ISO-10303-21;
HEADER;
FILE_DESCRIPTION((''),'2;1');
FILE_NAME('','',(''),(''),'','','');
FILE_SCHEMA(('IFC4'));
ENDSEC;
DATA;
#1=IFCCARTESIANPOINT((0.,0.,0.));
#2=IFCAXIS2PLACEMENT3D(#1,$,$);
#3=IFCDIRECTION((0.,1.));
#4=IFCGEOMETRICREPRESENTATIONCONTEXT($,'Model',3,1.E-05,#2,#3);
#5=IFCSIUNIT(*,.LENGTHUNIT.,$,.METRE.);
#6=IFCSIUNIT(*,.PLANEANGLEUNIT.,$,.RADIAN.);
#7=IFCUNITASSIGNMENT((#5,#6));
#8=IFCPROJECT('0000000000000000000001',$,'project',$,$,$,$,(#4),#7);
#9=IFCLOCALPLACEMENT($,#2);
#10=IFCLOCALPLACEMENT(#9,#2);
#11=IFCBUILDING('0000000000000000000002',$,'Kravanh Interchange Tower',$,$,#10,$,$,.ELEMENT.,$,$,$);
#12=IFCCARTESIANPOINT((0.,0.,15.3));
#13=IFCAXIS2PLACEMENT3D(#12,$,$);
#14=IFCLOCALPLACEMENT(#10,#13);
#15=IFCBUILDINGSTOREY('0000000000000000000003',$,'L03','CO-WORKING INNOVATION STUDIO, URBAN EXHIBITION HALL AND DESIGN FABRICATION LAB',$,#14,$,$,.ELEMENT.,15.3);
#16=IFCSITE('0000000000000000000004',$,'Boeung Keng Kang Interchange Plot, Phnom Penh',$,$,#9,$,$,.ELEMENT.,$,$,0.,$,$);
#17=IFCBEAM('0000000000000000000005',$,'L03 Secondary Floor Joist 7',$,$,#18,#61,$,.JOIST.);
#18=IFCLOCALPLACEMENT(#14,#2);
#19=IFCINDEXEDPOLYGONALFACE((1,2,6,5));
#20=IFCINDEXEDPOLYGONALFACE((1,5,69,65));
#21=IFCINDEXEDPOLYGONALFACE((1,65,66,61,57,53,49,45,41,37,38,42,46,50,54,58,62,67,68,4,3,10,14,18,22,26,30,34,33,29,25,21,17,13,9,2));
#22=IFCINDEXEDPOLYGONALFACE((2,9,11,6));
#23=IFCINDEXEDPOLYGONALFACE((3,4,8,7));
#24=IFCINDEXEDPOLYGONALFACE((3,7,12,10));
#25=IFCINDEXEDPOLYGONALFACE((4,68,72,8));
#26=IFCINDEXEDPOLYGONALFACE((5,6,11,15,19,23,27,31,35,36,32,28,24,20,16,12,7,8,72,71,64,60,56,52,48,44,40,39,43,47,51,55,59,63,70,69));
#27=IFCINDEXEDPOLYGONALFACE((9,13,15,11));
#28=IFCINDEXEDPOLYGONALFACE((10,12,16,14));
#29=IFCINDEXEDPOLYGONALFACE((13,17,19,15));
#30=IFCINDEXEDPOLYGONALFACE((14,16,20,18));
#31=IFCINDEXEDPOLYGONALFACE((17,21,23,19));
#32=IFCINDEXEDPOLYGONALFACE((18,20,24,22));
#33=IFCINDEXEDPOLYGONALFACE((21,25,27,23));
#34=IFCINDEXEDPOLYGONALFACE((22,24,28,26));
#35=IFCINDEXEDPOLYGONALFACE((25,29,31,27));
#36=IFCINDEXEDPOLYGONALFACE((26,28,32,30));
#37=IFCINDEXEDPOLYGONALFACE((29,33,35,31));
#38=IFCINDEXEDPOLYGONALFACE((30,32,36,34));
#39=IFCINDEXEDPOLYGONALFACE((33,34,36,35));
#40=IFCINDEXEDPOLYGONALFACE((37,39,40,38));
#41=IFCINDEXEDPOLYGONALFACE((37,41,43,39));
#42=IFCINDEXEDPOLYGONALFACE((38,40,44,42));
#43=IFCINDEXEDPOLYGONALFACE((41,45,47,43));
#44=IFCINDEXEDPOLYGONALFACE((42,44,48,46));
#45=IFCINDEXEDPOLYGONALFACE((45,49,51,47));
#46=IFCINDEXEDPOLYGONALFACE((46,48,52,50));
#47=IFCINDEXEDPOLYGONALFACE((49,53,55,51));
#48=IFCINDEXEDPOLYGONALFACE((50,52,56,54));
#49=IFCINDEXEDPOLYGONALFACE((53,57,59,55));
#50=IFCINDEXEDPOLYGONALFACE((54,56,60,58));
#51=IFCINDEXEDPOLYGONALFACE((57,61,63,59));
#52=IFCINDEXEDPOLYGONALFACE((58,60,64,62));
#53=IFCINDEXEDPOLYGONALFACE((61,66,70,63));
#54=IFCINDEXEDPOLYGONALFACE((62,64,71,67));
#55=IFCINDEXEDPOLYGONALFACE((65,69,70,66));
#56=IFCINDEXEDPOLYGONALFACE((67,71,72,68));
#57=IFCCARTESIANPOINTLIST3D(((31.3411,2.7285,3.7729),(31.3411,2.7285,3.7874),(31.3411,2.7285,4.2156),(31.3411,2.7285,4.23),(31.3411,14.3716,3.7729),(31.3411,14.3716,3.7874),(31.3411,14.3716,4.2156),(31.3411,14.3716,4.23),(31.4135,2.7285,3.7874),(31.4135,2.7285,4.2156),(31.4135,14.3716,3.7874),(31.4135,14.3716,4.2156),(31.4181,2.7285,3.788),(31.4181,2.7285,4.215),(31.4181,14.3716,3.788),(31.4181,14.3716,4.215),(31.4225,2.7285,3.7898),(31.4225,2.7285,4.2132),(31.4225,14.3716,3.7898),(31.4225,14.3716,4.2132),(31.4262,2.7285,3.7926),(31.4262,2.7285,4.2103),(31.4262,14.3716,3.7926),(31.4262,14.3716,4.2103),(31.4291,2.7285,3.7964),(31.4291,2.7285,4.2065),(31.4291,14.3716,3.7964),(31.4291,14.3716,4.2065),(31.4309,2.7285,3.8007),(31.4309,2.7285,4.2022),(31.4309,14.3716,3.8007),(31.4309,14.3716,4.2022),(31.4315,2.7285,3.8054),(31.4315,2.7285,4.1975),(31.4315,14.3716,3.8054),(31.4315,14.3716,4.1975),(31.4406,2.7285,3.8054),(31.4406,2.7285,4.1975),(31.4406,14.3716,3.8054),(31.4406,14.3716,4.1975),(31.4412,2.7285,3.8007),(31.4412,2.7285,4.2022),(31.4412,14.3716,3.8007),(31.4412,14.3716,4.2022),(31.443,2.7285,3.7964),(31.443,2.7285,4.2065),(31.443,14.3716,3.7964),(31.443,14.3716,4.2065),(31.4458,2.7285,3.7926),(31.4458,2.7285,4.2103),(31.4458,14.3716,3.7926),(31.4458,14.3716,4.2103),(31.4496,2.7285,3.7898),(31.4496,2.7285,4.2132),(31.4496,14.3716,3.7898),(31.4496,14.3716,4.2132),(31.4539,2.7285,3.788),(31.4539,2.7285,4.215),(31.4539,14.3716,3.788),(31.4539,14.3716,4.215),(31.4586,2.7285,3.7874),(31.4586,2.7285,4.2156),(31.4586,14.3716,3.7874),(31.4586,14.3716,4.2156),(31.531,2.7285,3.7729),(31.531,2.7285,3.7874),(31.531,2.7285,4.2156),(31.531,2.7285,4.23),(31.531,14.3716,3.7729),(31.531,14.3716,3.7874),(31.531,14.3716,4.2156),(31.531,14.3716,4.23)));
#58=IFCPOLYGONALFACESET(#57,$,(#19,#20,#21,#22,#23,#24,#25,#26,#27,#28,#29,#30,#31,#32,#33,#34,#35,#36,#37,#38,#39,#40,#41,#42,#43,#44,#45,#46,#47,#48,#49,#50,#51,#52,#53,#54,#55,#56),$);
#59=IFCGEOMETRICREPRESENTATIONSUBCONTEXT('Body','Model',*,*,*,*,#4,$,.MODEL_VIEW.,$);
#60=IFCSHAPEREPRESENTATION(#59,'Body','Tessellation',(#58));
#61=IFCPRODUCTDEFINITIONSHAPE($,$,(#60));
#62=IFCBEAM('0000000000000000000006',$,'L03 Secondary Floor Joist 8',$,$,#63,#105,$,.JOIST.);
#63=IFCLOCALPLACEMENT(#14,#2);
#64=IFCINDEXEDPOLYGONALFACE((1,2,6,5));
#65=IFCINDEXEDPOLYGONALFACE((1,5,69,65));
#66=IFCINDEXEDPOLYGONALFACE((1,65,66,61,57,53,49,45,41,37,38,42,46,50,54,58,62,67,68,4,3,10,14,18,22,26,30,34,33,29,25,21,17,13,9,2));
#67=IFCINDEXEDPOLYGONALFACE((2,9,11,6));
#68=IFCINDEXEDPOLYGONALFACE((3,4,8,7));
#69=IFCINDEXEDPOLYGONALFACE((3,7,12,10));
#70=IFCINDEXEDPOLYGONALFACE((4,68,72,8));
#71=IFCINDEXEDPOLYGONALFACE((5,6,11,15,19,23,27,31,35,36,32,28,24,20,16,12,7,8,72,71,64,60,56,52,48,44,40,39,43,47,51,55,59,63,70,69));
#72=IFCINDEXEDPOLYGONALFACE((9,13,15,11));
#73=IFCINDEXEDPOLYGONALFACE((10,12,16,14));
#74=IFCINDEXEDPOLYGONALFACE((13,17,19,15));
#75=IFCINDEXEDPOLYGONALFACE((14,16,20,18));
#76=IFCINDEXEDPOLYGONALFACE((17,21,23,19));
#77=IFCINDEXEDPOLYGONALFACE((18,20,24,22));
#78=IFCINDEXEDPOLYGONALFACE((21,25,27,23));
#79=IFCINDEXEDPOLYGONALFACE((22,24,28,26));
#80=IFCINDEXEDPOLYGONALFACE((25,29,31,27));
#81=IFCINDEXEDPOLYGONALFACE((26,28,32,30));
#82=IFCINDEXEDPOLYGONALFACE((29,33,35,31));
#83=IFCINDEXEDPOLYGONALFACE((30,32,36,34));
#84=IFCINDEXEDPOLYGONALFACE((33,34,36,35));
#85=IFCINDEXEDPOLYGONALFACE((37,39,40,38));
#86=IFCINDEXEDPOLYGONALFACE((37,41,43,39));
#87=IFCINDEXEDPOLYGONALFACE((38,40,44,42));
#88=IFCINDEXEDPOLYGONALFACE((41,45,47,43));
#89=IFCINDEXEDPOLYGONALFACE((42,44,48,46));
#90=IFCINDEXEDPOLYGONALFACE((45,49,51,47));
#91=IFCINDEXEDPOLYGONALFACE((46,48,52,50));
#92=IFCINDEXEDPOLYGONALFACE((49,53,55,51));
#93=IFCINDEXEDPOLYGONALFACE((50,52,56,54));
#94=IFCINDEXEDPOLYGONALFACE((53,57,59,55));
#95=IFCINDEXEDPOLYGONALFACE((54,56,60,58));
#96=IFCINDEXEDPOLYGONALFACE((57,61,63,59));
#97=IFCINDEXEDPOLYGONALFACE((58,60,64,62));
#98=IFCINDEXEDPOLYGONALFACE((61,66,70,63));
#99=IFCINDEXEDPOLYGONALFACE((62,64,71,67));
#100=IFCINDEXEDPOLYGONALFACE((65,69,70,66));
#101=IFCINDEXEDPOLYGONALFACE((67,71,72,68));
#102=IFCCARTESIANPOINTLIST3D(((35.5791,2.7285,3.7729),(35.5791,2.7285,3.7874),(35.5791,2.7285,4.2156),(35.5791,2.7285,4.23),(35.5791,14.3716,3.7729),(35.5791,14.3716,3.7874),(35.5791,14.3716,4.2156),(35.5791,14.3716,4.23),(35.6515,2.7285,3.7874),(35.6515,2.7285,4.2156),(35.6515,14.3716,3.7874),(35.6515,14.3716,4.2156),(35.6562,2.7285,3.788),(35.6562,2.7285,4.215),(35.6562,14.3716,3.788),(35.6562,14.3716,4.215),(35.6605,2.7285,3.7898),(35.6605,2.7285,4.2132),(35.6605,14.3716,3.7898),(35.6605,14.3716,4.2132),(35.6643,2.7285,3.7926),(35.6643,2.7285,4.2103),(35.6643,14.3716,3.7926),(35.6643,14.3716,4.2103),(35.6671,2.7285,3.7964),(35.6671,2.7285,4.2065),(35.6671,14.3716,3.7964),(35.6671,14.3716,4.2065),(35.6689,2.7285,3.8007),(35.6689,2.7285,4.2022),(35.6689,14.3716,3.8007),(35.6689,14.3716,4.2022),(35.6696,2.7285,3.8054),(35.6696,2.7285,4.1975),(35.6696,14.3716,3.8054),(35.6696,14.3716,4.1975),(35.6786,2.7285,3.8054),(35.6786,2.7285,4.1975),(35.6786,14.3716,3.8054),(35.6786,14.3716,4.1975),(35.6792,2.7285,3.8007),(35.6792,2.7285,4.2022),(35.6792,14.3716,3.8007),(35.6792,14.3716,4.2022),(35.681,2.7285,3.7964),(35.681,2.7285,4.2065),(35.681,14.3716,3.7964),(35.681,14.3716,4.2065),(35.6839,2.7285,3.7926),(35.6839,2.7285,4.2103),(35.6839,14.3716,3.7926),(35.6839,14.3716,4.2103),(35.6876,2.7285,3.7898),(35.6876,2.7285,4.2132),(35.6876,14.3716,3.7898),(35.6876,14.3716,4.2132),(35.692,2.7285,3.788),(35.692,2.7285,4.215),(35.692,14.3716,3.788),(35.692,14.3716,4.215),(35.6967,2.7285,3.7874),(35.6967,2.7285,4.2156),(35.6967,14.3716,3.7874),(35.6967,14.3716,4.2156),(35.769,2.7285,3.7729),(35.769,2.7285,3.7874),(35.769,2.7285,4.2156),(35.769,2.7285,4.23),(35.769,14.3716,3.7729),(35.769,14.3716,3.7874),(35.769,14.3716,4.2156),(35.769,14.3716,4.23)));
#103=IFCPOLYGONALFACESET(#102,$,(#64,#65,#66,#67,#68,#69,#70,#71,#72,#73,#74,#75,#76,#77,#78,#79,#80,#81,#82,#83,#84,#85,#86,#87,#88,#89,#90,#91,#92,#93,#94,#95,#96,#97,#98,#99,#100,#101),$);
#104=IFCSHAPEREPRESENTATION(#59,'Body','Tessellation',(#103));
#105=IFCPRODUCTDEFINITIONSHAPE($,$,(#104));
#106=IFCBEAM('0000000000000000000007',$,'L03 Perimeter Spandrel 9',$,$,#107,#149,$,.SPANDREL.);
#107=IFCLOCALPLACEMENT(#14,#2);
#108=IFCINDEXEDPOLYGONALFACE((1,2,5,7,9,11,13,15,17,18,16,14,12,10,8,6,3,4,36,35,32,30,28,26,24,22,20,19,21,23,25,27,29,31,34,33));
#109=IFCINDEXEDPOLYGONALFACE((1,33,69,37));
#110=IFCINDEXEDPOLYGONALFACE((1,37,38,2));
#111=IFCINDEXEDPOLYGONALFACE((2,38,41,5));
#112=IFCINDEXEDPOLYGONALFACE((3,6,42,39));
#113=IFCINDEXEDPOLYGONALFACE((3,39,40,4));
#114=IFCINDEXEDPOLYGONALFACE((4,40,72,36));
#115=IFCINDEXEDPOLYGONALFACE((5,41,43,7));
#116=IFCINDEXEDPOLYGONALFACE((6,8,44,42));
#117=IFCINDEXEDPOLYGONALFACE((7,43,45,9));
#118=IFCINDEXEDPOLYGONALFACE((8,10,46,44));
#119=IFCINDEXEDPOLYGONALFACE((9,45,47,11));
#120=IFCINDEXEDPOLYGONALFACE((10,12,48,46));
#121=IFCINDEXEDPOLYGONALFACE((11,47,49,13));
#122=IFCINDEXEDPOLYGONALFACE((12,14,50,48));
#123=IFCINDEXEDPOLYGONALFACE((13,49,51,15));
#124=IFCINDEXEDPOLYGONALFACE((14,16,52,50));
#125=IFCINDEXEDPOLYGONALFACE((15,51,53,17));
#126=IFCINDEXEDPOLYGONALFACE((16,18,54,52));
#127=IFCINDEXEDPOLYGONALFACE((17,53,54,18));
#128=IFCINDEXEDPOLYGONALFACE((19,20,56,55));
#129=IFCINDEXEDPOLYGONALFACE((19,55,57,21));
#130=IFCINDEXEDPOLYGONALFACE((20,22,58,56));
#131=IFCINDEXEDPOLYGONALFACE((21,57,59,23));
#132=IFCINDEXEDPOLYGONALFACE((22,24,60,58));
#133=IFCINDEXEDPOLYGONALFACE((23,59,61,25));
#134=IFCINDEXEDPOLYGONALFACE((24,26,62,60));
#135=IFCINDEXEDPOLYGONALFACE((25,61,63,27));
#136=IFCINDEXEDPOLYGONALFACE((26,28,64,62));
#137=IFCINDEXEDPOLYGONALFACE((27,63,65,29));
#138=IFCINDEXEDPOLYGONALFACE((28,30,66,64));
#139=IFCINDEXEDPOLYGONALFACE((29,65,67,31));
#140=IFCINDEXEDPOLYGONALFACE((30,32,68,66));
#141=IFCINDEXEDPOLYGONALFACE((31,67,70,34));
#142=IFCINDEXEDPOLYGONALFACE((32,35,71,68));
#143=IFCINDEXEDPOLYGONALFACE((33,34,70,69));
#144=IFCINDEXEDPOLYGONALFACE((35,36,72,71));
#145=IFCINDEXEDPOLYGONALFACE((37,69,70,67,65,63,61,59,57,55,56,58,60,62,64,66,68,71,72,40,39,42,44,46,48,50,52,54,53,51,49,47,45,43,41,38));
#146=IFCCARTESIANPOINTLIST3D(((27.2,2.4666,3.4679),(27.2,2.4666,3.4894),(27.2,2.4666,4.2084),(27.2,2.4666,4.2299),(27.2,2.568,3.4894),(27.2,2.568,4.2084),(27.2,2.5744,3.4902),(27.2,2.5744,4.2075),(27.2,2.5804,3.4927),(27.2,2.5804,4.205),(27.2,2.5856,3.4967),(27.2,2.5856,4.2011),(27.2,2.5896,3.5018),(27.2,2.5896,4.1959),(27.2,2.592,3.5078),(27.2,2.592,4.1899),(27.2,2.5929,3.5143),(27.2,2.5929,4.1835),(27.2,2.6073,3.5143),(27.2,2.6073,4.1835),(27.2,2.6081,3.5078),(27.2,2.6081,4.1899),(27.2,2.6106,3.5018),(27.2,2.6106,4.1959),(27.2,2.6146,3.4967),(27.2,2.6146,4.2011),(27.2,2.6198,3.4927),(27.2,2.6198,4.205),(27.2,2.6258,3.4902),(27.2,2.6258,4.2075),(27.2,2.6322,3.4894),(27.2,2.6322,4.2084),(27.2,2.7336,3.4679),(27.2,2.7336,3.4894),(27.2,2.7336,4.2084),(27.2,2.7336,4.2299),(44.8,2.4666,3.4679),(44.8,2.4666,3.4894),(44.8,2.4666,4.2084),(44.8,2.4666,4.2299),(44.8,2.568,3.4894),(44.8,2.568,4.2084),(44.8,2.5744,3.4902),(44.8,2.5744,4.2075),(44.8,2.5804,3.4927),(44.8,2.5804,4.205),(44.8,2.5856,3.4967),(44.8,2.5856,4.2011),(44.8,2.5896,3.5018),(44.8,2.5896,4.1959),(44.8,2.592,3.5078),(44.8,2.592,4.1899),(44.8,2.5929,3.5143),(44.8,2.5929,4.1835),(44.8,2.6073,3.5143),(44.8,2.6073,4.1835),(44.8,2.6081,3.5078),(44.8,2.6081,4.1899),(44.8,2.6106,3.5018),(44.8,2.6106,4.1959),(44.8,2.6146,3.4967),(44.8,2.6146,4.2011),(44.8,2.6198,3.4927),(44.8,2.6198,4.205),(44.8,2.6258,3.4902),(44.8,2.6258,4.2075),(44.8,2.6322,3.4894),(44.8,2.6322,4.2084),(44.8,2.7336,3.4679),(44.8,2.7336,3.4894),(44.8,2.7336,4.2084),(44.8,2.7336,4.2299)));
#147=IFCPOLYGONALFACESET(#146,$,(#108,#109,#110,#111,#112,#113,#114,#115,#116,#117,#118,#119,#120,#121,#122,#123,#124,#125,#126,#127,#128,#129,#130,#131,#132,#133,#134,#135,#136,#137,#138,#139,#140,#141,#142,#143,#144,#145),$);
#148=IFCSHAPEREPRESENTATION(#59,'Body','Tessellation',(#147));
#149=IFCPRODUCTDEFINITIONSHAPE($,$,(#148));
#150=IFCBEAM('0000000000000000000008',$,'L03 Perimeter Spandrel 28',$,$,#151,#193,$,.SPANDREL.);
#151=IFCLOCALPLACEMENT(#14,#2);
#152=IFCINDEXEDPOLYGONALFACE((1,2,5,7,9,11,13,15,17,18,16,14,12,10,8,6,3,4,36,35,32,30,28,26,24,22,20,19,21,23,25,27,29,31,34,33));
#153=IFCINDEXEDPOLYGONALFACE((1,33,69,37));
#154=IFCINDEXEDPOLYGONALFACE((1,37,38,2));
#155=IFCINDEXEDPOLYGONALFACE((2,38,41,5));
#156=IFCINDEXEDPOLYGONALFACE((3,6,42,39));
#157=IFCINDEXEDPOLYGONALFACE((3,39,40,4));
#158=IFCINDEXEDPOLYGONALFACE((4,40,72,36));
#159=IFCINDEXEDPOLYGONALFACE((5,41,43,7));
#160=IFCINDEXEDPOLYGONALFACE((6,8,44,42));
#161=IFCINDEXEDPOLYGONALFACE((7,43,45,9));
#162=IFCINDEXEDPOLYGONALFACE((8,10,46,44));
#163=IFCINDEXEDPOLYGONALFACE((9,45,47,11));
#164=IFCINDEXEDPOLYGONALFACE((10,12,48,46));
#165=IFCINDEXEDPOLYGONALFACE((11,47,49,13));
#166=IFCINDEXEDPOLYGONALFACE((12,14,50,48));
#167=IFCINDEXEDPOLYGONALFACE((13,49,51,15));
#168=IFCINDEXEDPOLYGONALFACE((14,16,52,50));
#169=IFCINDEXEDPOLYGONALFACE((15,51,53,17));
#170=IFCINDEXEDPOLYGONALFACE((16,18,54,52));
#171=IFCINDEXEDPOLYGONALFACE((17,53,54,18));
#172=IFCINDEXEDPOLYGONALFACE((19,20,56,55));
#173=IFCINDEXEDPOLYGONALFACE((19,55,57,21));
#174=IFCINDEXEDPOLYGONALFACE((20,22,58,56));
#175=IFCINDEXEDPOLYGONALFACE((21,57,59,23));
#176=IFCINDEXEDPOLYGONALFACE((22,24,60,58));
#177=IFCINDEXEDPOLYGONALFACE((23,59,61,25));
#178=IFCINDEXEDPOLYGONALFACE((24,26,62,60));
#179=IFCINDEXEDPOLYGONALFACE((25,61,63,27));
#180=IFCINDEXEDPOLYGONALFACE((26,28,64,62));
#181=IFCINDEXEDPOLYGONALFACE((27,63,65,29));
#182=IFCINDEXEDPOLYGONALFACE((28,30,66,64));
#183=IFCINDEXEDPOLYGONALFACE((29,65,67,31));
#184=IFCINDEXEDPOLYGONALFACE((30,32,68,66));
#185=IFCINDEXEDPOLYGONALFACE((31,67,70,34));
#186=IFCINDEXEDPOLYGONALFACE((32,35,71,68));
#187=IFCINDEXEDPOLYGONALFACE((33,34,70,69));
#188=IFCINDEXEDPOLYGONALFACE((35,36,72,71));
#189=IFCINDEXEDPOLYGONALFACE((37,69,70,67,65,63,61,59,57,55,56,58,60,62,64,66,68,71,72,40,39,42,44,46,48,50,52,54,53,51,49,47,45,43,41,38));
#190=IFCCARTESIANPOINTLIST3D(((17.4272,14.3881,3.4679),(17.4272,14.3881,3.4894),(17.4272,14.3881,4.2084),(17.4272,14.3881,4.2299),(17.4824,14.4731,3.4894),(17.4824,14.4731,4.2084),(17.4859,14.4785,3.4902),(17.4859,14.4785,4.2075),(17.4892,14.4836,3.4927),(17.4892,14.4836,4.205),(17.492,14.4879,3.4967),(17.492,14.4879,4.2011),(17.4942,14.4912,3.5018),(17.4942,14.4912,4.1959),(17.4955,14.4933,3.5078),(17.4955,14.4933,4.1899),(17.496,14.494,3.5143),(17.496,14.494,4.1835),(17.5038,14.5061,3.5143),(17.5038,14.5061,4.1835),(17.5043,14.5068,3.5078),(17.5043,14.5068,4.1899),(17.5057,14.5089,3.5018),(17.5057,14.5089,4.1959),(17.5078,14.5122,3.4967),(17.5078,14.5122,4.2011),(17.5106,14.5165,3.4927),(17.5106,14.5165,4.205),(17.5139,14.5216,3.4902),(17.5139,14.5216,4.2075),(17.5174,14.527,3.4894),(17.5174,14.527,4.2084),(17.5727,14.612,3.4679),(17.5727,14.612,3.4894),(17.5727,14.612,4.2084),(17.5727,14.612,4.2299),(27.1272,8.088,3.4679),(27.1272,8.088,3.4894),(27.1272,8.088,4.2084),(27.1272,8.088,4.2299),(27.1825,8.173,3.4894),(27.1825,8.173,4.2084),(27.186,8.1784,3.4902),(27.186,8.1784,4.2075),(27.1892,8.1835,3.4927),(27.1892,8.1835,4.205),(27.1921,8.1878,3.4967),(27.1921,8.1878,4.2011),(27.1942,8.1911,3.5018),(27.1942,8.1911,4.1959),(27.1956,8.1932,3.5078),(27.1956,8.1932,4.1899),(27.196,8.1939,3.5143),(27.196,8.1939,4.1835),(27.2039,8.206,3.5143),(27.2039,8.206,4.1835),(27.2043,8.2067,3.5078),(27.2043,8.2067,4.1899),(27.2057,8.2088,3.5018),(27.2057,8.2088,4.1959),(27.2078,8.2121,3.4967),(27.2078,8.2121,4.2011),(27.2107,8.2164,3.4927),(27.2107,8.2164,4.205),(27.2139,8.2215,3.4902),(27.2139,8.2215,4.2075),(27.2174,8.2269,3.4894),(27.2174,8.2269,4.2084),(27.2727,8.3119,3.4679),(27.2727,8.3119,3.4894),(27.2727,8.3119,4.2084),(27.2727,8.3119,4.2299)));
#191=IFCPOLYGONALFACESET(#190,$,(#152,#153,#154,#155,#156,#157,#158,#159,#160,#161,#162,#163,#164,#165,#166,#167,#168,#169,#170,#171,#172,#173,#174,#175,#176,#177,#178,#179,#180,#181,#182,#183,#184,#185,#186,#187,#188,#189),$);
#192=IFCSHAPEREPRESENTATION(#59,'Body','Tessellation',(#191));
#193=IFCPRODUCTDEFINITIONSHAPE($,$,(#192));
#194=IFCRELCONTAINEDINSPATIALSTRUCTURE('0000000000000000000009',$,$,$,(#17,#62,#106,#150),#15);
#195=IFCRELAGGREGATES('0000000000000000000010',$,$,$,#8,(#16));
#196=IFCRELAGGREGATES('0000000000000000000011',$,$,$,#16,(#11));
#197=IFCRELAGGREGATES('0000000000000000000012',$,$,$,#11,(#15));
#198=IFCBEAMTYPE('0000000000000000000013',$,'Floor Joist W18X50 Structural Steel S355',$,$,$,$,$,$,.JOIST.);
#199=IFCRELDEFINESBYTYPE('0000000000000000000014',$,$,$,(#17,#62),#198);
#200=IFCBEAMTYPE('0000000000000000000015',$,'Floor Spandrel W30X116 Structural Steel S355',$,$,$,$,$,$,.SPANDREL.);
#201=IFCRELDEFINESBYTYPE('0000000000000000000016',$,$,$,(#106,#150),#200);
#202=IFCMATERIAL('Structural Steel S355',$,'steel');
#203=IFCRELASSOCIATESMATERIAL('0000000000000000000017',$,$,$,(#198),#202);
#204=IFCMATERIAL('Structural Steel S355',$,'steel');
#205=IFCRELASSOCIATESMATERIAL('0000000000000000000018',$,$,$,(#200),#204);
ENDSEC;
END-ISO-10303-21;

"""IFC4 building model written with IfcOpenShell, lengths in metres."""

from ifc_helpers import new_model, si_unit, direction, frame, origin, origin_2d, place, context, subcontext, project, spatial, i_section, extrude, material, material_profile, profile_set, type_object, element, save


model = new_model("IFC4")

# Units and contexts
model_context = context("Model", 3, precision=1e-05, world=origin(), true_north=direction((0.0, 1.0)))
body_context = subcontext(model_context, "Body", "Model", "MODEL_VIEW")
ifc_project = project(units=[si_unit("LENGTHUNIT", "METRE"), si_unit("PLANEANGLEUNIT", "RADIAN")], contexts=[model_context])

# Site, building, storey
site_placement = place(None, origin())
site = spatial("IfcSite", under=ifc_project, at=site_placement, Name="Boeung Keng Kang Interchange Plot, Phnom Penh", CompositionType="ELEMENT", RefElevation=0.0)
building_placement = place(site_placement, origin())
building = spatial("IfcBuilding", under=site, at=building_placement, Name="Kravanh Interchange Tower", CompositionType="ELEMENT")
storey_placement = place(building_placement, frame((0.0, 0.0, 15.3)))
storey = spatial("IfcBuildingStorey", under=building, at=storey_placement, Name="L03", Description="CO-WORKING INNOVATION STUDIO, URBAN EXHIBITION HALL AND DESIGN FABRICATION LAB", CompositionType="ELEMENT", Elevation=15.3)

# Beams
ifc_material_1 = material(Name="Structural Steel S355", Category="steel")
ifc_material_profile_1 = material_profile(ifc_material_1, i_section(OverallWidth=0.1899, OverallDepth=0.457, WebThickness=0.009, FlangeThickness=0.0144, FilletRadius=0.0181, at=origin_2d()), Name="W18X50")
ifc_profile_set_1 = profile_set([ifc_material_profile_1], Name="Structural Steel S355")
beam_type_1 = type_object("IfcBeamType", Name="Floor Joist W18X50 Structural Steel S355", PredefinedType="JOIST", material=ifc_profile_set_1)
for number, where, z_axis, x_axis, name in (
    (1, (31.436, 2.7285, 4.0015), (0.0, 1.0, 0.0), (-1.0, 0.0, 0.0), "L03 Secondary Floor Joist 7"),
    (2, (35.6741, 2.7285, 4.0015), (0.0, 1.0, 0.0), (-1.0, 0.0, 0.0), "L03 Secondary Floor Joist 8"),
):
    element("IfcBeam", number, at=place(storey_placement, frame(where, z_axis=z_axis, x_axis=x_axis)), inside=storey, type_object=beam_type_1, Name=name, PredefinedType="JOIST", context=body_context, shape_type="SweptSolid", body=[
        extrude(i_section(OverallWidth=0.1899, OverallDepth=0.457, WebThickness=0.009, FlangeThickness=0.0144, FilletRadius=0.0181, at=origin_2d()), origin(), (0.0, 0.0, 1.0), 11.6431),
    ])
ifc_material_2 = material(Name="Structural Steel S355", Category="steel")
ifc_material_profile_2 = material_profile(ifc_material_2, i_section(OverallWidth=0.2671, OverallDepth=0.762, WebThickness=0.0144, FlangeThickness=0.0215, FilletRadius=0.0249, at=origin_2d()), Name="W30X116")
ifc_profile_set_2 = profile_set([ifc_material_profile_2], Name="Structural Steel S355")
beam_type_2 = type_object("IfcBeamType", Name="Floor Spandrel W30X116 Structural Steel S355", PredefinedType="SPANDREL", material=ifc_profile_set_2)
beam_1_placement = place(storey_placement, frame((27.2, 2.6001, 3.8489), z_axis=(1.0, 0.0, 0.0), x_axis=(0.0, 1.0, 0.0)))
element("IfcBeam", 3, at=beam_1_placement, inside=storey, type_object=beam_type_2, Name="L03 Perimeter Spandrel 9", PredefinedType="SPANDREL", context=body_context, shape_type="SweptSolid", body=[
    extrude(i_section(OverallWidth=0.2671, OverallDepth=0.762, WebThickness=0.0144, FlangeThickness=0.0215, FilletRadius=0.0249, at=origin_2d()), origin(), (0.0, 0.0, 1.0), 17.6001),
])
beam_2_placement = place(storey_placement, frame((27.2, 8.2, 3.8489), z_axis=(-0.838638, 0.544689, 0.0), x_axis=(-0.544689, -0.838638, 0.0)))
element("IfcBeam", 4, at=beam_2_placement, inside=storey, type_object=beam_type_2, Name="L03 Perimeter Spandrel 28", PredefinedType="SPANDREL", context=body_context, shape_type="SweptSolid", body=[
    extrude(i_section(OverallWidth=0.2671, OverallDepth=0.762, WebThickness=0.0144, FlangeThickness=0.0215, FilletRadius=0.0249, at=origin_2d()), origin(), (0.0, 0.0, 1.0), 11.5664),
])

save(model, "model.ifc")
